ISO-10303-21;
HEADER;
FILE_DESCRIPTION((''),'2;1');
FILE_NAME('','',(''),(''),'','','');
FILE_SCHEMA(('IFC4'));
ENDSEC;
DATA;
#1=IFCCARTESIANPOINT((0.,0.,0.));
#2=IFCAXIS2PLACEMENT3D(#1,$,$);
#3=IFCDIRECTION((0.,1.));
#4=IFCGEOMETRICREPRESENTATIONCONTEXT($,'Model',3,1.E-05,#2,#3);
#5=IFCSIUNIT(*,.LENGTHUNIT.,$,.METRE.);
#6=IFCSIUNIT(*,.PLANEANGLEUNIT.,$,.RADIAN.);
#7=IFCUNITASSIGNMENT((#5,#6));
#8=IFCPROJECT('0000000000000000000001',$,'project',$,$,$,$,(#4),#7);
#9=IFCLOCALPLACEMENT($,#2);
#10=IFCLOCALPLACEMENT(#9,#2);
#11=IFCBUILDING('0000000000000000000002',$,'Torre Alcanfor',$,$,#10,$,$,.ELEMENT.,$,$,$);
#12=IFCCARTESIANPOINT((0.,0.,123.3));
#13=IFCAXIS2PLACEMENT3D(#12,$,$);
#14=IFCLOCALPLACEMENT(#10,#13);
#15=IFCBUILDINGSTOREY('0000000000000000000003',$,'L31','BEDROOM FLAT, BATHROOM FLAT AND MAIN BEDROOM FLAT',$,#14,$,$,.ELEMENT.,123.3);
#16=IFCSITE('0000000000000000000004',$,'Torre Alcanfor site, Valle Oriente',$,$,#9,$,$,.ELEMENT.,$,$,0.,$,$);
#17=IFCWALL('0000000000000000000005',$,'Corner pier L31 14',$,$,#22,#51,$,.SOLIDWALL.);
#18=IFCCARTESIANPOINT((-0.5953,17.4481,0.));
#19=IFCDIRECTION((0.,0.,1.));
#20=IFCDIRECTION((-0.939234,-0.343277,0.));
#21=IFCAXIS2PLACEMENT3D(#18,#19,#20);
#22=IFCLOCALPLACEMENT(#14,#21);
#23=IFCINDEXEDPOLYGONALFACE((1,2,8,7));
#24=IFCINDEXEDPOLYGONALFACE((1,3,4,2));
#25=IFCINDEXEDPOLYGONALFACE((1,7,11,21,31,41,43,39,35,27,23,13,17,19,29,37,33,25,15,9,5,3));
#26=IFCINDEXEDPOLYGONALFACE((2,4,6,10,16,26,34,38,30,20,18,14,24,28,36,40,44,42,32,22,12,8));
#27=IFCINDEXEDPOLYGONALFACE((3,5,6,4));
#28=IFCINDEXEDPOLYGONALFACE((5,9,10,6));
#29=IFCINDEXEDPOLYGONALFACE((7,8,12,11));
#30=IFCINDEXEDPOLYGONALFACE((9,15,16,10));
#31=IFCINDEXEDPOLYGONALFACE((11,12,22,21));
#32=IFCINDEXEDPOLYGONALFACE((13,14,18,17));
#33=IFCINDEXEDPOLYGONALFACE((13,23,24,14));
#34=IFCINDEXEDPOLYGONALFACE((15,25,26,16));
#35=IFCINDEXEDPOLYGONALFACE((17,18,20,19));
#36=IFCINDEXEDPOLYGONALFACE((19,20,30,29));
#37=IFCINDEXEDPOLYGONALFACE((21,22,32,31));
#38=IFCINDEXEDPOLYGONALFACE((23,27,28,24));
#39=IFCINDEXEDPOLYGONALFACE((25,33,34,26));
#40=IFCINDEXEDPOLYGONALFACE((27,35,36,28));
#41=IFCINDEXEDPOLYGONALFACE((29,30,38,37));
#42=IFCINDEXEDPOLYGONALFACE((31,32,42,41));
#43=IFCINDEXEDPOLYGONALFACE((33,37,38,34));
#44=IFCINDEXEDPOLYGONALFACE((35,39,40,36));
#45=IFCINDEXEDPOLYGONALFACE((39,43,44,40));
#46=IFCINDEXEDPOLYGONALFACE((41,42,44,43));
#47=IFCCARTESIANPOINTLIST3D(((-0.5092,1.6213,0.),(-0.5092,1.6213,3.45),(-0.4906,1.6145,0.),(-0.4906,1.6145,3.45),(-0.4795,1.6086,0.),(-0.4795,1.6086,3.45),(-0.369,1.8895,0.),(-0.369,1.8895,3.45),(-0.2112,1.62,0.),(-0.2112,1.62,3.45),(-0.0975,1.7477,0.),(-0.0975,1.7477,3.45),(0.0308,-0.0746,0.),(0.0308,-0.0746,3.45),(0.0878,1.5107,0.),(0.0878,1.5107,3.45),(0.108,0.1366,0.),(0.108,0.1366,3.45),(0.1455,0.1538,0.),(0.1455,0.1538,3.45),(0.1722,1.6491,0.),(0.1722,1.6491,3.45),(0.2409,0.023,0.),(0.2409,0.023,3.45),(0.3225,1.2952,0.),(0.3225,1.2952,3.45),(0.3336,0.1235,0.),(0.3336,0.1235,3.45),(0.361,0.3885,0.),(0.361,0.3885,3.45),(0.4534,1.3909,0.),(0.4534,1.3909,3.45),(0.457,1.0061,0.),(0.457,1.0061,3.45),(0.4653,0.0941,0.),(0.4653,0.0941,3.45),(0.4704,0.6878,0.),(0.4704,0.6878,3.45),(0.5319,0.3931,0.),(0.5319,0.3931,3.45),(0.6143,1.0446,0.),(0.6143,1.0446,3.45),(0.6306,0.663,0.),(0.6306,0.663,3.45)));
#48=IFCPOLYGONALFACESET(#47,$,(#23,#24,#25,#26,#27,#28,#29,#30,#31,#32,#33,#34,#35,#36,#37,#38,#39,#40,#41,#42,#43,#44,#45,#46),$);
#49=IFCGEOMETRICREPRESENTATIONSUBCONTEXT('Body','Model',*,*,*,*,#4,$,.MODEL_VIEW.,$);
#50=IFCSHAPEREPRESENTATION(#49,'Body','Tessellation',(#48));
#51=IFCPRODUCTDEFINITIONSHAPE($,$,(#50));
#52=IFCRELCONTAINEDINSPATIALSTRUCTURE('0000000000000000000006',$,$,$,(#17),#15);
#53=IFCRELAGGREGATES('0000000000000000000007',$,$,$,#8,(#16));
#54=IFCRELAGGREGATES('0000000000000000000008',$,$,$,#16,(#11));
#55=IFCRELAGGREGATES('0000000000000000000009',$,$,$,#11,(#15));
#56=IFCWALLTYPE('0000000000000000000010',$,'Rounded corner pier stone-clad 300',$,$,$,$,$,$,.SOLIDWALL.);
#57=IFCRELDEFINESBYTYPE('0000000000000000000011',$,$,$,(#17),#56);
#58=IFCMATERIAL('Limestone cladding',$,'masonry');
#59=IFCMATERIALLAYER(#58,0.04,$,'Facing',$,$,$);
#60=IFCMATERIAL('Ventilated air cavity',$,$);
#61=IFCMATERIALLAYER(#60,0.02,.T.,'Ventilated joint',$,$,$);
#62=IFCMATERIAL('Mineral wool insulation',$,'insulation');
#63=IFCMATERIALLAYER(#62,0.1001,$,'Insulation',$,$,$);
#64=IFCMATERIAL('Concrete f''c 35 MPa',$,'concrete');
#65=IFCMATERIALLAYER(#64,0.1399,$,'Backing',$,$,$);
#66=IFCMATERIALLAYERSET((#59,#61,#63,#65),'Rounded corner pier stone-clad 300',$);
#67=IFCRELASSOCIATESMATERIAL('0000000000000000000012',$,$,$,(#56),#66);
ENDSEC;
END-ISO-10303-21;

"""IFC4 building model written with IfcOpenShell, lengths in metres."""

from ifc_helpers import new_model, si_unit, direction, frame, origin, place, context, subcontext, project, spatial, polyline, outline, extrude, material, layer, layer_set, type_object, element, save


model = new_model("IFC4")

# Units and contexts
model_context = context("Model", 3, precision=1e-05, world=origin(), true_north=direction((0.0, 1.0)))
body_context = subcontext(model_context, "Body", "Model", "MODEL_VIEW")
ifc_project = project(units=[si_unit("LENGTHUNIT", "METRE"), si_unit("PLANEANGLEUNIT", "RADIAN")], contexts=[model_context])

# Site, building, storey
site_placement = place(None, origin())
site = spatial("IfcSite", under=ifc_project, at=site_placement, Name="Torre Alcanfor site, Valle Oriente", CompositionType="ELEMENT", RefElevation=0.0)
building_placement = place(site_placement, origin())
building = spatial("IfcBuilding", under=site, at=building_placement, Name="Torre Alcanfor", CompositionType="ELEMENT")
storey_placement = place(building_placement, frame((0.0, 0.0, 123.3)))
storey = spatial("IfcBuildingStorey", under=building, at=storey_placement, Name="L31", Description="BEDROOM FLAT, BATHROOM FLAT AND MAIN BEDROOM FLAT", CompositionType="ELEMENT", Elevation=123.3)

# Wall
ifc_material_1 = material(Name="Limestone cladding", Category="masonry")
ifc_layer_1 = layer(ifc_material_1, 0.04, Name="Facing")
ifc_material_2 = material(Name="Ventilated air cavity")
ifc_layer_2 = layer(ifc_material_2, 0.02, ventilated=True, Name="Ventilated joint")
ifc_material_3 = material(Name="Mineral wool insulation", Category="insulation")
ifc_layer_3 = layer(ifc_material_3, 0.1001, Name="Insulation")
ifc_material_4 = material(Name="Concrete f'c 35 MPa", Category="concrete")
ifc_layer_4 = layer(ifc_material_4, 0.1399, Name="Backing")
ifc_layer_set_1 = layer_set([ifc_layer_1, ifc_layer_2, ifc_layer_3, ifc_layer_4], Name="Rounded corner pier stone-clad 300")
wall_type_1 = type_object("IfcWallType", Name="Rounded corner pier stone-clad 300", PredefinedType="SOLIDWALL", material=ifc_layer_set_1)
wall_1_placement = place(storey_placement, frame((-0.5953, 17.4481, 0.0), z_axis=(0.0, 0.0, 1.0), x_axis=(-0.939234, -0.343277, 0.0)))
element("IfcWall", 1, at=wall_1_placement, inside=storey, type_object=wall_type_1, Name="Corner pier L31 14", PredefinedType="SOLIDWALL", context=body_context, shape_type="SweptSolid", body=[
    extrude(outline(polyline([(-0.369, 1.8895), (-0.5092, 1.6213), (-0.4906, 1.6145), (-0.4795, 1.6086), (-0.2112, 1.62), (0.0878, 1.5107), (0.3225, 1.2952), (0.457, 1.0061), (0.4704, 0.6878), (0.361, 0.3885), (0.1455, 0.1538), (0.108, 0.1366), (0.0308, -0.0746), (0.2409, 0.023), (0.3336, 0.1235), (0.4653, 0.0941), (0.5319, 0.3931), (0.6306, 0.663), (0.6143, 1.0446), (0.4534, 1.3909), (0.1722, 1.6491), (-0.0975, 1.7477), (-0.369, 1.8895)])), origin(), (0.0, 0.0, 1.0), 3.45),
])

save(model, "model.ifc")
